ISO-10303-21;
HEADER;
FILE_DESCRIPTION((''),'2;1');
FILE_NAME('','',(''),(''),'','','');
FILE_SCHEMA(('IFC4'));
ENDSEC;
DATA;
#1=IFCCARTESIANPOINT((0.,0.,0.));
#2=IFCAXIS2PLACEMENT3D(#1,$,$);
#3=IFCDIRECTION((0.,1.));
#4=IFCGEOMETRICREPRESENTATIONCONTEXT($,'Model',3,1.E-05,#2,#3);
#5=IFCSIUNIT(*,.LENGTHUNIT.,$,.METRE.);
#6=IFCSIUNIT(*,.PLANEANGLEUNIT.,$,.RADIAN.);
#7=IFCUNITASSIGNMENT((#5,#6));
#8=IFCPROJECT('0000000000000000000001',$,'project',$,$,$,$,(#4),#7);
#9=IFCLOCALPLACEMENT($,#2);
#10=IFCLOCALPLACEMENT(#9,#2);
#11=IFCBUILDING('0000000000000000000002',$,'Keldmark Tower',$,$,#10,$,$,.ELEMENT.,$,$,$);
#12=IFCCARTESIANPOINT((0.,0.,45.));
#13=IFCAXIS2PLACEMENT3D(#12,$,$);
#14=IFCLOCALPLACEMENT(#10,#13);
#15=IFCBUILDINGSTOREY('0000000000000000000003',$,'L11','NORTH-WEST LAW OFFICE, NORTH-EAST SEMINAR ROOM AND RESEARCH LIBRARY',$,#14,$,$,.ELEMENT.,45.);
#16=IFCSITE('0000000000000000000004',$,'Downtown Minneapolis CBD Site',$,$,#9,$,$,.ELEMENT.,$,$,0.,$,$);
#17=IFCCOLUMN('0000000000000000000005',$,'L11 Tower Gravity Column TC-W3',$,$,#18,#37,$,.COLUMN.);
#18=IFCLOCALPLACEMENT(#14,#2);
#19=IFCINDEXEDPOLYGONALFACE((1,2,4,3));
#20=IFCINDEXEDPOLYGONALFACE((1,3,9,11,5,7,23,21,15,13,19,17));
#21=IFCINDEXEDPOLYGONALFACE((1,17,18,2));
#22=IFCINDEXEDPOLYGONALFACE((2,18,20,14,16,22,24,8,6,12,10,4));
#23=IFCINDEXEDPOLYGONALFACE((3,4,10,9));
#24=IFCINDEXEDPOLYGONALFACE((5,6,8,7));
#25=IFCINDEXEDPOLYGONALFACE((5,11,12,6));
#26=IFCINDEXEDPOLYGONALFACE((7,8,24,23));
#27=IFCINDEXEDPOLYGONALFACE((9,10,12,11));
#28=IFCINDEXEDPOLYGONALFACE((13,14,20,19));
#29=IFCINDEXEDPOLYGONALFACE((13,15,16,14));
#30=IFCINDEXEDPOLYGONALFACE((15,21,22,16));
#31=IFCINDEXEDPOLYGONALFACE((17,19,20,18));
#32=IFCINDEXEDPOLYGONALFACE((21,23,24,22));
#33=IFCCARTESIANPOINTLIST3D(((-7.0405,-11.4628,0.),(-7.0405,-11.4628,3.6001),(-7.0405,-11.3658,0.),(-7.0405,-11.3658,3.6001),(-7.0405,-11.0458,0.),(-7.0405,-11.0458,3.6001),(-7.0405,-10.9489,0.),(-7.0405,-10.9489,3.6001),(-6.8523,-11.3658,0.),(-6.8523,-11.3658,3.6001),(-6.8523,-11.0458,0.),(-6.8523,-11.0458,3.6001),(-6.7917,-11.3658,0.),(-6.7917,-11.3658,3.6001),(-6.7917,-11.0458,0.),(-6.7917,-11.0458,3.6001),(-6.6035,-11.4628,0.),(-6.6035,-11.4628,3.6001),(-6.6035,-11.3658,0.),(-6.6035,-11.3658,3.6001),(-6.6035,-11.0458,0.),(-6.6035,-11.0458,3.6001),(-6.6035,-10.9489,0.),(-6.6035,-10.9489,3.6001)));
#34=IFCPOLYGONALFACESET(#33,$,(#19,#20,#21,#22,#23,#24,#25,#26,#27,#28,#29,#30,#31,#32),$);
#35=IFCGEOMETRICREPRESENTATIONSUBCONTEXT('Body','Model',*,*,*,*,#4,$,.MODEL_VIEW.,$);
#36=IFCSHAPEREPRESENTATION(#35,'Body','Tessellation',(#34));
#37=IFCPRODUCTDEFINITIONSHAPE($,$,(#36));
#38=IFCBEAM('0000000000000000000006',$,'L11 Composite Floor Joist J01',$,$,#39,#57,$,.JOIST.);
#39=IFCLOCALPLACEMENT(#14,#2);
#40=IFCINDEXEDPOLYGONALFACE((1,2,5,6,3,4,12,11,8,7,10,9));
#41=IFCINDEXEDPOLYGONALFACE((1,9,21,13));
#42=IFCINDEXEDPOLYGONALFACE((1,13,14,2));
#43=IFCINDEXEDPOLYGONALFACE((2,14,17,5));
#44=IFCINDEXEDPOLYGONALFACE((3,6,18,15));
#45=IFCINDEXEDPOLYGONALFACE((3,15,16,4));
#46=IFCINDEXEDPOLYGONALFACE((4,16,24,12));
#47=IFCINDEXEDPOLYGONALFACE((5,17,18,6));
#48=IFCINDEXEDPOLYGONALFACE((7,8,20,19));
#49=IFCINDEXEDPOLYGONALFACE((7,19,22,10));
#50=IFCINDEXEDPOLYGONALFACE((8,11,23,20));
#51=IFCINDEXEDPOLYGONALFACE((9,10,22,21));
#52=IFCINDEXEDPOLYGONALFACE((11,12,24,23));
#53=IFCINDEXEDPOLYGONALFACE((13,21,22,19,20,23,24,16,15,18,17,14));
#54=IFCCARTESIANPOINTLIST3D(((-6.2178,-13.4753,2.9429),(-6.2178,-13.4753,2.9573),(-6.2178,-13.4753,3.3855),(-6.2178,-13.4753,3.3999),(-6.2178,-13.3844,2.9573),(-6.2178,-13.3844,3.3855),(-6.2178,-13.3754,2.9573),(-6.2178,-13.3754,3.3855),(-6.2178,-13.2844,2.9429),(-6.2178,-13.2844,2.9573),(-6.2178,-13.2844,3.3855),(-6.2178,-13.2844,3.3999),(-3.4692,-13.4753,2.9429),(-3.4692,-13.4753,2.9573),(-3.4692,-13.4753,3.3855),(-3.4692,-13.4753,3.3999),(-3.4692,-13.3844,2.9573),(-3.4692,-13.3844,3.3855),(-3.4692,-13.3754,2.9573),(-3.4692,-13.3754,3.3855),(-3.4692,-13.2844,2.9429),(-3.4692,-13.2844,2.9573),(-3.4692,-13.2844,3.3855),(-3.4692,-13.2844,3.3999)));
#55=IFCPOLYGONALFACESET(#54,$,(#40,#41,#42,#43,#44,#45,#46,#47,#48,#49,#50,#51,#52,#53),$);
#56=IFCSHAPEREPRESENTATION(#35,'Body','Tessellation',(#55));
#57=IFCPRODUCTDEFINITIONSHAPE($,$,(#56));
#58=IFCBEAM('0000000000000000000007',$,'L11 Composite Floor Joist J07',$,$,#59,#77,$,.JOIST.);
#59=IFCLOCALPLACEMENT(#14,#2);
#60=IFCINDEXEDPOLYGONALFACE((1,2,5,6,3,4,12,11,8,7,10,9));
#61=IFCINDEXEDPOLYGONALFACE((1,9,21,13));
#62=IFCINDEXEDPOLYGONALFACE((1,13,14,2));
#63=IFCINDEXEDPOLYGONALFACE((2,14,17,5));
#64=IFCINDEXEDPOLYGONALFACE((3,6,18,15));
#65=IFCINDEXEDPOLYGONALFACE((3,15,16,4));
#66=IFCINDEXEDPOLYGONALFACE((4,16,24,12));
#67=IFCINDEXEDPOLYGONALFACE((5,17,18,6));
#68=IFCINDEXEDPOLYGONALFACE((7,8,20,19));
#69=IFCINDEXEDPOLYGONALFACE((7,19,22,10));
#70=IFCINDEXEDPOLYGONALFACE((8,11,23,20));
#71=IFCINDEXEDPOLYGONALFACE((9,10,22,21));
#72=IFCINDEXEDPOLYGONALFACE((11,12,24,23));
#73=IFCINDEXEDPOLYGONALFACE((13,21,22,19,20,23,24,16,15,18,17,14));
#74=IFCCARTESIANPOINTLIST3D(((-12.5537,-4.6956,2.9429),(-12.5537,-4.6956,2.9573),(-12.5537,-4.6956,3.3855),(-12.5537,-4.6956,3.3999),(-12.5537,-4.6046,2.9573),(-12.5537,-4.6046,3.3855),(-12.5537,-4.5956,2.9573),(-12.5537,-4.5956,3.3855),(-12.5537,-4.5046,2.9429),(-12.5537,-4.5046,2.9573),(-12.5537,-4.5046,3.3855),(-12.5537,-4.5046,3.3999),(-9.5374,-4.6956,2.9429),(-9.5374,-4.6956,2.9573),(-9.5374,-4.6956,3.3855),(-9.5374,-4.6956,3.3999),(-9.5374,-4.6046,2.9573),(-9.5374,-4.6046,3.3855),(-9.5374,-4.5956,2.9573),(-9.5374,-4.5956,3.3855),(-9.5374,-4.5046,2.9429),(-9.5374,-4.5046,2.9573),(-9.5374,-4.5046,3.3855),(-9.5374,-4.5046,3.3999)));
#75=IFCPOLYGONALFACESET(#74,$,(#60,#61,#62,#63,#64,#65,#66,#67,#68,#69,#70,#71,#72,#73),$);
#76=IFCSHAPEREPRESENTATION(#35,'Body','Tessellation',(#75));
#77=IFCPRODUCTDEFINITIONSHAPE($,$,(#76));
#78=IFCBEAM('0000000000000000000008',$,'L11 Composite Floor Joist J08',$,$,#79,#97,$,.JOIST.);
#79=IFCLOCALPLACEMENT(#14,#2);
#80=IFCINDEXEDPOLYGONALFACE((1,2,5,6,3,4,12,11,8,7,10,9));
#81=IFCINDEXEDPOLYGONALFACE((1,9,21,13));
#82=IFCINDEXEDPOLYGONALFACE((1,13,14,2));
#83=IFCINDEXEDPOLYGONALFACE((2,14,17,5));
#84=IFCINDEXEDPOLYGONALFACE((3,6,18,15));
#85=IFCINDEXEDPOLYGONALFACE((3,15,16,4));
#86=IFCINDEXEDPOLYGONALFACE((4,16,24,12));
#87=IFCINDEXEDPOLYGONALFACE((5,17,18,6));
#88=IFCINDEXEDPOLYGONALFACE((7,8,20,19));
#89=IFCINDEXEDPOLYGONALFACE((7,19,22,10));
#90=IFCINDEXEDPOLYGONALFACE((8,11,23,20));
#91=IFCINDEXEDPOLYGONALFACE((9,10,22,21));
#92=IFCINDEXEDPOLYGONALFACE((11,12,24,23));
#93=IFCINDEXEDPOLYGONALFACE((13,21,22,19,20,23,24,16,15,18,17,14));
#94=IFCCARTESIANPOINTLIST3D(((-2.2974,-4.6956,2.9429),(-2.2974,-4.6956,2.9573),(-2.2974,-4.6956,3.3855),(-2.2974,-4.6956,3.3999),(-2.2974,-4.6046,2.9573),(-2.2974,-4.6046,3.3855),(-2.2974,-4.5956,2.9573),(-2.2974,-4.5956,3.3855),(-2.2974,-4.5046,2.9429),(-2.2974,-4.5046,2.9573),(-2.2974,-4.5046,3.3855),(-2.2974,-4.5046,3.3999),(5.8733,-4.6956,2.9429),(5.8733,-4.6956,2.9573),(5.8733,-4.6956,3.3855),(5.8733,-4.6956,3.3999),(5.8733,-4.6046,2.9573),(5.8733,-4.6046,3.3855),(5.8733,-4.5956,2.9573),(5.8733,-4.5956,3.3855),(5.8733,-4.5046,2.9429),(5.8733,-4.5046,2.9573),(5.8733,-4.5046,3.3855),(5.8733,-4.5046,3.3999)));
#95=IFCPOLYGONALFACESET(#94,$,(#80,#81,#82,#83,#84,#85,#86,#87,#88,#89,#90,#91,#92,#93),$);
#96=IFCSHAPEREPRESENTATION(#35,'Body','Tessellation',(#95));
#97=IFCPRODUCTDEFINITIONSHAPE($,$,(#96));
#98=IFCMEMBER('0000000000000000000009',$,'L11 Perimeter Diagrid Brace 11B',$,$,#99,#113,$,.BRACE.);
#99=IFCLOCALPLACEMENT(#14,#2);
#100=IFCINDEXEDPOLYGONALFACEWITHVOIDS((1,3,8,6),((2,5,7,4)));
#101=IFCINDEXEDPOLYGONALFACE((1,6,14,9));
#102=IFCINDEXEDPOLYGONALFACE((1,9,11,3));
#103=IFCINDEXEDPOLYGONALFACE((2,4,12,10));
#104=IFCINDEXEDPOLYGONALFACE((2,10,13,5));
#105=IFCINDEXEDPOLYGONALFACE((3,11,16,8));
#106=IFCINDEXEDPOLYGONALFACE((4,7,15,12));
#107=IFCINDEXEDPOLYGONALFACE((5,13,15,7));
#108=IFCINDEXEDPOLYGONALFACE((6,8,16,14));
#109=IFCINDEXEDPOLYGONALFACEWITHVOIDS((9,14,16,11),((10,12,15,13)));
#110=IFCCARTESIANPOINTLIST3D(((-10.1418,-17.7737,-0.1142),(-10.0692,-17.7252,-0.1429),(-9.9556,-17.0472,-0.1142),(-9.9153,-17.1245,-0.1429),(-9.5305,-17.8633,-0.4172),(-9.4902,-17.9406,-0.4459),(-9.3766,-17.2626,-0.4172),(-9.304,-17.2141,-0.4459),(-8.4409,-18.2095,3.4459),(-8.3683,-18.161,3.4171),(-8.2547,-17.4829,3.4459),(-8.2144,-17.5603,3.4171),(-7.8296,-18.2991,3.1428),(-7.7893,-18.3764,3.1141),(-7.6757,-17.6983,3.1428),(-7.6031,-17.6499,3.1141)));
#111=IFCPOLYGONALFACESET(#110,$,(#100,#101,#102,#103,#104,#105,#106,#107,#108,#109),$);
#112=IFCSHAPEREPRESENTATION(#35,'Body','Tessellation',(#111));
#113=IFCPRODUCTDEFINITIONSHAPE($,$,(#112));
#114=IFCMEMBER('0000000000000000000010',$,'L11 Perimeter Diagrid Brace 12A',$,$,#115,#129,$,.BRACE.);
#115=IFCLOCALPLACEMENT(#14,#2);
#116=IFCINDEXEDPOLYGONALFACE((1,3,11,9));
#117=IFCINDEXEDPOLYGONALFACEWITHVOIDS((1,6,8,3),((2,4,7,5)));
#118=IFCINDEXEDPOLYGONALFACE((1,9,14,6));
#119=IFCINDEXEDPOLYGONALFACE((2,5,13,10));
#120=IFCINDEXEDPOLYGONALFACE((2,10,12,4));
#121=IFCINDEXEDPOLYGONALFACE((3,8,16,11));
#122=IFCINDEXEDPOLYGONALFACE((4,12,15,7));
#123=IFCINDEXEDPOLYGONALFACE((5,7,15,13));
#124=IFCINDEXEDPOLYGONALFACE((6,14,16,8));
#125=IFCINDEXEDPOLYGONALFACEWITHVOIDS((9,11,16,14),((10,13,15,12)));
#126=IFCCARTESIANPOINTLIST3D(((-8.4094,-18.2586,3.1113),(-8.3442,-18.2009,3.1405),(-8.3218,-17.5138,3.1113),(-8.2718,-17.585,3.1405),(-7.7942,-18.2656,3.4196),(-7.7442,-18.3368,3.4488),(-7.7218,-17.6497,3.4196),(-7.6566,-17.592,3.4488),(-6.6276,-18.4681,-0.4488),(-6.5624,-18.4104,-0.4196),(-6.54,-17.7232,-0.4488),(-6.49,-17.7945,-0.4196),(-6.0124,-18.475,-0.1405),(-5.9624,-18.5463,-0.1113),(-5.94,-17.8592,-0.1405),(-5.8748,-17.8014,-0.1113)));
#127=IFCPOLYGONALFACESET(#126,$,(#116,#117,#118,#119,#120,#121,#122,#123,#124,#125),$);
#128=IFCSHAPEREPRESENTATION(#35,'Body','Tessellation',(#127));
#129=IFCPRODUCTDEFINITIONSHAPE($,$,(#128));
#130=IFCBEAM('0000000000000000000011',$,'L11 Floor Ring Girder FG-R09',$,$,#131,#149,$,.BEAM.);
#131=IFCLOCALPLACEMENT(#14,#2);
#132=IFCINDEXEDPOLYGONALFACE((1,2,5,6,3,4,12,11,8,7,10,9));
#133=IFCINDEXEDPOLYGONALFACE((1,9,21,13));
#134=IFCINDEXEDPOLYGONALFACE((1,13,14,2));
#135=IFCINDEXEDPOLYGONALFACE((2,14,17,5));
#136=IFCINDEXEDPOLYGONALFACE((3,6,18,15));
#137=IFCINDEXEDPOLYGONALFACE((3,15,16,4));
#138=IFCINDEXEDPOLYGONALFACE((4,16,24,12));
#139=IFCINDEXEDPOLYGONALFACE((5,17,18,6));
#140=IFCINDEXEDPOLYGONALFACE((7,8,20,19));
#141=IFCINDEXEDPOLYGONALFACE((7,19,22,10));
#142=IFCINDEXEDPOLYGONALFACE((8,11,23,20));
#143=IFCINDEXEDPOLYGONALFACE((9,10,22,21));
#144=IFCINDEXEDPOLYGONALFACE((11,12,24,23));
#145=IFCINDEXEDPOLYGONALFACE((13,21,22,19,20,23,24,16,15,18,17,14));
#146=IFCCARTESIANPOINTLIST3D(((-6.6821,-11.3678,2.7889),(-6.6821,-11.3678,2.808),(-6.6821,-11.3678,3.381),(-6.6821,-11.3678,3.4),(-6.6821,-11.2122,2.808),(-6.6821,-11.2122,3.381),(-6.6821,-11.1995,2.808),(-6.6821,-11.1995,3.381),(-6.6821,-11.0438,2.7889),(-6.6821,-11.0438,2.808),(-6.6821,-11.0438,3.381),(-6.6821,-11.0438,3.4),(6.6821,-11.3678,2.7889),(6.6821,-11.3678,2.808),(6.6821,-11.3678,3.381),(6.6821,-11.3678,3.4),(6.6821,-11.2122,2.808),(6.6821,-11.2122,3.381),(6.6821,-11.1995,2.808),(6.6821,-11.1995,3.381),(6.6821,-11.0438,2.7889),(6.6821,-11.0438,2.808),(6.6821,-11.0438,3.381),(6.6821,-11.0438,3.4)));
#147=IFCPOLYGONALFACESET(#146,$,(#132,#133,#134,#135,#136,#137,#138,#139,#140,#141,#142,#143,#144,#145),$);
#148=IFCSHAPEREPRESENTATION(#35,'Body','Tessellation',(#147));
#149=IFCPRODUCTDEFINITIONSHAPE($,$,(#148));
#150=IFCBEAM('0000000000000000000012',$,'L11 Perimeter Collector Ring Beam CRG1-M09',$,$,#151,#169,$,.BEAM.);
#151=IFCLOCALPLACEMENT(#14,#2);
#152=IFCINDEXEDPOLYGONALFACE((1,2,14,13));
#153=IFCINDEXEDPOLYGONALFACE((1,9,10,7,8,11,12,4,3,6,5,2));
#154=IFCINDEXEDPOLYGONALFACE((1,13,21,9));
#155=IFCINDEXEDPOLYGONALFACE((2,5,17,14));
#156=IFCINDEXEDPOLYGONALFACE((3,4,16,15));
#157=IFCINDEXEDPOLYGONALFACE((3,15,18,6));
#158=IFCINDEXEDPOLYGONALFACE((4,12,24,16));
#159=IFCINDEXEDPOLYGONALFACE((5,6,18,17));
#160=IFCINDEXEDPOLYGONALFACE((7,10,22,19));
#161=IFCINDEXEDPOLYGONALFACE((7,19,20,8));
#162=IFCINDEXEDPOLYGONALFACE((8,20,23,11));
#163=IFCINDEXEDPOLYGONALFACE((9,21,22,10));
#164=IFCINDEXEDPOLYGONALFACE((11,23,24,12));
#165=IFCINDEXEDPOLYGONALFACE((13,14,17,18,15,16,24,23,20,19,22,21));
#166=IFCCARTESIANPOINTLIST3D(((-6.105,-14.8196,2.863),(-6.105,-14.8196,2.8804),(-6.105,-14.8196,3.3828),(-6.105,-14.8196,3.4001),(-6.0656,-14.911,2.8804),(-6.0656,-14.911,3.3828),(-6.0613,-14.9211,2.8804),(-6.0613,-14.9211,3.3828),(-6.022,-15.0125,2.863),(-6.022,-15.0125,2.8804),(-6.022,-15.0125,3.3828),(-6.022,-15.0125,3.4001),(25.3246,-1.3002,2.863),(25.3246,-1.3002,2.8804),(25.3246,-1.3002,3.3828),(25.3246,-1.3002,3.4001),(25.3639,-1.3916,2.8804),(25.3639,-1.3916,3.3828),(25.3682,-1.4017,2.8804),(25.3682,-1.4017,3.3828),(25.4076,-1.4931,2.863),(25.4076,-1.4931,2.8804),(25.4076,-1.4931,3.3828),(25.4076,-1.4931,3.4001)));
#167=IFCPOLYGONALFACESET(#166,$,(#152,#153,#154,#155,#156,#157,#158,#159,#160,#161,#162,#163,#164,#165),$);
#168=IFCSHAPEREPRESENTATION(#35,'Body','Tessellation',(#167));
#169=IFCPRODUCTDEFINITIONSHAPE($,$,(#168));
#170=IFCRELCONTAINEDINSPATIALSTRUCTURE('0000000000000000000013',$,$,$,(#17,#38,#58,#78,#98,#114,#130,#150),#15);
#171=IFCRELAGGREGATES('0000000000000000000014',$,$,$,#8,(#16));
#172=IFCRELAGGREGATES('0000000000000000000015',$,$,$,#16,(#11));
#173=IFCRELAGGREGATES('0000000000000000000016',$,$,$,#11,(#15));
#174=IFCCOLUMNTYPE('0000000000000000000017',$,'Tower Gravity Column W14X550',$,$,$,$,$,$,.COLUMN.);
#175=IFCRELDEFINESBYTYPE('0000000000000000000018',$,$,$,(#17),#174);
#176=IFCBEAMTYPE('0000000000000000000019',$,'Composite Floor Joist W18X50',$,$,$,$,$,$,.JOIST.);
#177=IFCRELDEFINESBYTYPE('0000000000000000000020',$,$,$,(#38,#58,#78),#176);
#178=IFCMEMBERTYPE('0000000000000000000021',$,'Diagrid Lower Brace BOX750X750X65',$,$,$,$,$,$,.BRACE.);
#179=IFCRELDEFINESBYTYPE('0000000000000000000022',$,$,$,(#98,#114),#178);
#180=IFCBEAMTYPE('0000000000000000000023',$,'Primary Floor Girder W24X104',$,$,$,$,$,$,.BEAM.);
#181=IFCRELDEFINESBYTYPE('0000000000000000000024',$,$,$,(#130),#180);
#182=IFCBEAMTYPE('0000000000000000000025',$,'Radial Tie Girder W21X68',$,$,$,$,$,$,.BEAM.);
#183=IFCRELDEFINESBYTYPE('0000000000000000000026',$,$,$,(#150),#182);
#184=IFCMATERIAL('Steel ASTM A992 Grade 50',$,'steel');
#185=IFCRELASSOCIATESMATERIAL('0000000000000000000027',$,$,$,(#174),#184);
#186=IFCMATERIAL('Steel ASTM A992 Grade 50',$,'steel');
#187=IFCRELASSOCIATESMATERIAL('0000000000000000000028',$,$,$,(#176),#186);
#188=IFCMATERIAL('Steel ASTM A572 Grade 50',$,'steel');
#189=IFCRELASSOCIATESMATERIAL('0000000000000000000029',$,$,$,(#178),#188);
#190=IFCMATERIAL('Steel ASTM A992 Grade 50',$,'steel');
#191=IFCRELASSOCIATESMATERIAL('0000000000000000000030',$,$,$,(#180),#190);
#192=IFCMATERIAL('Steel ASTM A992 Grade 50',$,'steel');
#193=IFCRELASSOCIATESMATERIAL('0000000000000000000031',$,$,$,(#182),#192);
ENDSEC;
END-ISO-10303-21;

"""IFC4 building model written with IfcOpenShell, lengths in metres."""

from ifc_helpers import new_model, si_unit, direction, frame, origin, origin_2d, place, context, subcontext, project, spatial, hollow_rectangle, i_section, extrude, material, material_profile, profile_set, type_object, element, save


model = new_model("IFC4")

# Units and contexts
model_context = context("Model", 3, precision=1e-05, world=origin(), true_north=direction((0.0, 1.0)))
body_context = subcontext(model_context, "Body", "Model", "MODEL_VIEW")
ifc_project = project(units=[si_unit("LENGTHUNIT", "METRE"), si_unit("PLANEANGLEUNIT", "RADIAN")], contexts=[model_context])

# Site, building, storey
site_placement = place(None, origin())
site = spatial("IfcSite", under=ifc_project, at=site_placement, Name="Downtown Minneapolis CBD Site", CompositionType="ELEMENT", RefElevation=0.0)
building_placement = place(site_placement, origin())
building = spatial("IfcBuilding", under=site, at=building_placement, Name="Keldmark Tower", CompositionType="ELEMENT")
storey_placement = place(building_placement, frame((0.0, 0.0, 45.0)))
storey = spatial("IfcBuildingStorey", under=building, at=storey_placement, Name="L11", Description="NORTH-WEST LAW OFFICE, NORTH-EAST SEMINAR ROOM AND RESEARCH LIBRARY", CompositionType="ELEMENT", Elevation=45.0)

# Column
ifc_material_1 = material(Name="Steel ASTM A992 Grade 50", Category="steel")
ifc_material_profile_1 = material_profile(ifc_material_1, i_section(OverallWidth=0.437, OverallDepth=0.5139, WebThickness=0.0605, FlangeThickness=0.0969, at=origin_2d()), Name="W14X550")
ifc_profile_set_1 = profile_set([ifc_material_profile_1], Name="Steel ASTM A992 Grade 50")
column_type = type_object("IfcColumnType", Name="Tower Gravity Column W14X550", PredefinedType="COLUMN", material=ifc_profile_set_1)
column_placement = place(storey_placement, frame((-6.822, -11.2058, 0.0), z_axis=(0.0, 0.0, 1.0), x_axis=(1.0, 0.0, 0.0)))
element("IfcColumn", 1, at=column_placement, inside=storey, type_object=column_type, Name="L11 Tower Gravity Column TC-W3", PredefinedType="COLUMN", context=body_context, shape_type="SweptSolid", body=[
    extrude(i_section(OverallWidth=0.437, OverallDepth=0.5139, WebThickness=0.0605, FlangeThickness=0.0969, at=origin_2d()), origin(), (0.0, 0.0, 1.0), 3.6001),
])

# Beams
ifc_material_2 = material(Name="Steel ASTM A992 Grade 50", Category="steel")
ifc_material_profile_2 = material_profile(ifc_material_2, i_section(OverallWidth=0.1909, OverallDepth=0.457, WebThickness=0.009, FlangeThickness=0.0144, at=origin_2d()), Name="W18X50")
ifc_profile_set_2 = profile_set([ifc_material_profile_2], Name="Steel ASTM A992 Grade 50")
beam_type_1 = type_object("IfcBeamType", Name="Composite Floor Joist W18X50", PredefinedType="JOIST", material=ifc_profile_set_2)
beam_1_placement = place(storey_placement, frame((-6.2178, -13.3799, 3.1714), z_axis=(1.0, 0.0, 0.0), x_axis=(0.0, 1.0, 0.0)))
element("IfcBeam", 2, at=beam_1_placement, inside=storey, type_object=beam_type_1, Name="L11 Composite Floor Joist J01", PredefinedType="JOIST", context=body_context, shape_type="SweptSolid", body=[
    extrude(i_section(OverallWidth=0.1909, OverallDepth=0.457, WebThickness=0.009, FlangeThickness=0.0144, at=origin_2d()), origin(), (0.0, 0.0, 1.0), 2.7485),
])
beam_2_placement = place(storey_placement, frame((-12.5537, -4.6001, 3.1714), z_axis=(1.0, 0.0, 0.0), x_axis=(0.0, 1.0, 0.0)))
element("IfcBeam", 3, at=beam_2_placement, inside=storey, type_object=beam_type_1, Name="L11 Composite Floor Joist J07", PredefinedType="JOIST", context=body_context, shape_type="SweptSolid", body=[
    extrude(i_section(OverallWidth=0.1909, OverallDepth=0.457, WebThickness=0.009, FlangeThickness=0.0144, at=origin_2d()), origin(), (0.0, 0.0, 1.0), 3.0164),
])
beam_3_placement = place(storey_placement, frame((-2.2974, -4.6001, 3.1714), z_axis=(1.0, 0.0, 0.0), x_axis=(0.0, 1.0, 0.0)))
element("IfcBeam", 4, at=beam_3_placement, inside=storey, type_object=beam_type_1, Name="L11 Composite Floor Joist J08", PredefinedType="JOIST", context=body_context, shape_type="SweptSolid", body=[
    extrude(i_section(OverallWidth=0.1909, OverallDepth=0.457, WebThickness=0.009, FlangeThickness=0.0144, at=origin_2d()), origin(), (0.0, 0.0, 1.0), 8.1707),
])

# Members
ifc_material_3 = material(Name="Steel ASTM A572 Grade 50", Category="steel")
ifc_material_profile_3 = material_profile(ifc_material_3, hollow_rectangle(XDim=0.75, YDim=0.75, WallThickness=0.0649, at=origin_2d()), Name="BOX750X750X65")
ifc_profile_set_3 = profile_set([ifc_material_profile_3], Name="Steel ASTM A572 Grade 50")
member_type = type_object("IfcMemberType", Name="Diagrid Lower Brace BOX750X750X65", PredefinedType="BRACE", material=ifc_profile_set_3)
member_1_placement = place(storey_placement, frame((-9.7229, -17.4939, -0.28), z_axis=(0.428497, -0.109784, 0.896849), x_axis=(0.248191, 0.968711, 0.0)))
element("IfcMember", 5, at=member_1_placement, inside=storey, type_object=member_type, Name="L11 Perimeter Diagrid Brace 11B", PredefinedType="BRACE", context=body_context, shape_type="SweptSolid", body=[
    extrude(hollow_rectangle(XDim=0.75, YDim=0.75, WallThickness=0.0649, at=origin_2d()), origin(), (0.0, 0.0, 1.0), 3.9695),
])
member_2_placement = place(storey_placement, frame((-6.2512, -18.1348, -0.28), z_axis=(-0.446939, 0.052545, 0.89302), x_axis=(-0.116762, -0.99316, 0.0)))
element("IfcMember", 6, at=member_2_placement, inside=storey, type_object=member_type, Name="L11 Perimeter Diagrid Brace 12A", PredefinedType="BRACE", context=body_context, shape_type="SweptSolid", body=[
    extrude(hollow_rectangle(XDim=0.75, YDim=0.75, WallThickness=0.0649, at=origin_2d()), origin(), (0.0, 0.0, 1.0), 3.9866),
])

# Beams
ifc_material_4 = material(Name="Steel ASTM A992 Grade 50", Category="steel")
ifc_material_profile_4 = material_profile(ifc_material_4, i_section(OverallWidth=0.324, OverallDepth=0.6111, WebThickness=0.0127, FlangeThickness=0.019, at=origin_2d()), Name="W24X104")
ifc_profile_set_4 = profile_set([ifc_material_profile_4], Name="Steel ASTM A992 Grade 50")
beam_type_2 = type_object("IfcBeamType", Name="Primary Floor Girder W24X104", PredefinedType="BEAM", material=ifc_profile_set_4)
beam_4_placement = place(storey_placement, frame((-6.6821, -11.2058, 3.0945), z_axis=(1.0, 0.0, 0.0), x_axis=(0.0, 1.0, 0.0)))
element("IfcBeam", 7, at=beam_4_placement, inside=storey, type_object=beam_type_2, Name="L11 Floor Ring Girder FG-R09", PredefinedType="BEAM", context=body_context, shape_type="SweptSolid", body=[
    extrude(i_section(OverallWidth=0.324, OverallDepth=0.6111, WebThickness=0.0127, FlangeThickness=0.019, at=origin_2d()), origin(), (0.0, 0.0, 1.0), 13.3643),
])
ifc_material_5 = material(Name="Steel ASTM A992 Grade 50", Category="steel")
ifc_material_profile_5 = material_profile(ifc_material_5, i_section(OverallWidth=0.21, OverallDepth=0.5371, WebThickness=0.011, FlangeThickness=0.0173, at=origin_2d()), Name="W21X68")
ifc_profile_set_5 = profile_set([ifc_material_profile_5], Name="Steel ASTM A992 Grade 50")
beam_type_3 = type_object("IfcBeamType", Name="Radial Tie Girder W21X68", PredefinedType="BEAM", material=ifc_profile_set_5)
beam_5_placement = place(storey_placement, frame((-6.0635, -14.916, 3.1316), z_axis=(0.91862, 0.395142, 0.0), x_axis=(-0.395142, 0.91862, 0.0)))
element("IfcBeam", 8, at=beam_5_placement, inside=storey, type_object=beam_type_3, Name="L11 Perimeter Collector Ring Beam CRG1-M09", PredefinedType="BEAM", context=body_context, shape_type="SweptSolid", body=[
    extrude(i_section(OverallWidth=0.21, OverallDepth=0.5371, WebThickness=0.011, FlangeThickness=0.0173, at=origin_2d()), origin(), (0.0, 0.0, 1.0), 34.2139),
])

save(model, "model.ifc")
